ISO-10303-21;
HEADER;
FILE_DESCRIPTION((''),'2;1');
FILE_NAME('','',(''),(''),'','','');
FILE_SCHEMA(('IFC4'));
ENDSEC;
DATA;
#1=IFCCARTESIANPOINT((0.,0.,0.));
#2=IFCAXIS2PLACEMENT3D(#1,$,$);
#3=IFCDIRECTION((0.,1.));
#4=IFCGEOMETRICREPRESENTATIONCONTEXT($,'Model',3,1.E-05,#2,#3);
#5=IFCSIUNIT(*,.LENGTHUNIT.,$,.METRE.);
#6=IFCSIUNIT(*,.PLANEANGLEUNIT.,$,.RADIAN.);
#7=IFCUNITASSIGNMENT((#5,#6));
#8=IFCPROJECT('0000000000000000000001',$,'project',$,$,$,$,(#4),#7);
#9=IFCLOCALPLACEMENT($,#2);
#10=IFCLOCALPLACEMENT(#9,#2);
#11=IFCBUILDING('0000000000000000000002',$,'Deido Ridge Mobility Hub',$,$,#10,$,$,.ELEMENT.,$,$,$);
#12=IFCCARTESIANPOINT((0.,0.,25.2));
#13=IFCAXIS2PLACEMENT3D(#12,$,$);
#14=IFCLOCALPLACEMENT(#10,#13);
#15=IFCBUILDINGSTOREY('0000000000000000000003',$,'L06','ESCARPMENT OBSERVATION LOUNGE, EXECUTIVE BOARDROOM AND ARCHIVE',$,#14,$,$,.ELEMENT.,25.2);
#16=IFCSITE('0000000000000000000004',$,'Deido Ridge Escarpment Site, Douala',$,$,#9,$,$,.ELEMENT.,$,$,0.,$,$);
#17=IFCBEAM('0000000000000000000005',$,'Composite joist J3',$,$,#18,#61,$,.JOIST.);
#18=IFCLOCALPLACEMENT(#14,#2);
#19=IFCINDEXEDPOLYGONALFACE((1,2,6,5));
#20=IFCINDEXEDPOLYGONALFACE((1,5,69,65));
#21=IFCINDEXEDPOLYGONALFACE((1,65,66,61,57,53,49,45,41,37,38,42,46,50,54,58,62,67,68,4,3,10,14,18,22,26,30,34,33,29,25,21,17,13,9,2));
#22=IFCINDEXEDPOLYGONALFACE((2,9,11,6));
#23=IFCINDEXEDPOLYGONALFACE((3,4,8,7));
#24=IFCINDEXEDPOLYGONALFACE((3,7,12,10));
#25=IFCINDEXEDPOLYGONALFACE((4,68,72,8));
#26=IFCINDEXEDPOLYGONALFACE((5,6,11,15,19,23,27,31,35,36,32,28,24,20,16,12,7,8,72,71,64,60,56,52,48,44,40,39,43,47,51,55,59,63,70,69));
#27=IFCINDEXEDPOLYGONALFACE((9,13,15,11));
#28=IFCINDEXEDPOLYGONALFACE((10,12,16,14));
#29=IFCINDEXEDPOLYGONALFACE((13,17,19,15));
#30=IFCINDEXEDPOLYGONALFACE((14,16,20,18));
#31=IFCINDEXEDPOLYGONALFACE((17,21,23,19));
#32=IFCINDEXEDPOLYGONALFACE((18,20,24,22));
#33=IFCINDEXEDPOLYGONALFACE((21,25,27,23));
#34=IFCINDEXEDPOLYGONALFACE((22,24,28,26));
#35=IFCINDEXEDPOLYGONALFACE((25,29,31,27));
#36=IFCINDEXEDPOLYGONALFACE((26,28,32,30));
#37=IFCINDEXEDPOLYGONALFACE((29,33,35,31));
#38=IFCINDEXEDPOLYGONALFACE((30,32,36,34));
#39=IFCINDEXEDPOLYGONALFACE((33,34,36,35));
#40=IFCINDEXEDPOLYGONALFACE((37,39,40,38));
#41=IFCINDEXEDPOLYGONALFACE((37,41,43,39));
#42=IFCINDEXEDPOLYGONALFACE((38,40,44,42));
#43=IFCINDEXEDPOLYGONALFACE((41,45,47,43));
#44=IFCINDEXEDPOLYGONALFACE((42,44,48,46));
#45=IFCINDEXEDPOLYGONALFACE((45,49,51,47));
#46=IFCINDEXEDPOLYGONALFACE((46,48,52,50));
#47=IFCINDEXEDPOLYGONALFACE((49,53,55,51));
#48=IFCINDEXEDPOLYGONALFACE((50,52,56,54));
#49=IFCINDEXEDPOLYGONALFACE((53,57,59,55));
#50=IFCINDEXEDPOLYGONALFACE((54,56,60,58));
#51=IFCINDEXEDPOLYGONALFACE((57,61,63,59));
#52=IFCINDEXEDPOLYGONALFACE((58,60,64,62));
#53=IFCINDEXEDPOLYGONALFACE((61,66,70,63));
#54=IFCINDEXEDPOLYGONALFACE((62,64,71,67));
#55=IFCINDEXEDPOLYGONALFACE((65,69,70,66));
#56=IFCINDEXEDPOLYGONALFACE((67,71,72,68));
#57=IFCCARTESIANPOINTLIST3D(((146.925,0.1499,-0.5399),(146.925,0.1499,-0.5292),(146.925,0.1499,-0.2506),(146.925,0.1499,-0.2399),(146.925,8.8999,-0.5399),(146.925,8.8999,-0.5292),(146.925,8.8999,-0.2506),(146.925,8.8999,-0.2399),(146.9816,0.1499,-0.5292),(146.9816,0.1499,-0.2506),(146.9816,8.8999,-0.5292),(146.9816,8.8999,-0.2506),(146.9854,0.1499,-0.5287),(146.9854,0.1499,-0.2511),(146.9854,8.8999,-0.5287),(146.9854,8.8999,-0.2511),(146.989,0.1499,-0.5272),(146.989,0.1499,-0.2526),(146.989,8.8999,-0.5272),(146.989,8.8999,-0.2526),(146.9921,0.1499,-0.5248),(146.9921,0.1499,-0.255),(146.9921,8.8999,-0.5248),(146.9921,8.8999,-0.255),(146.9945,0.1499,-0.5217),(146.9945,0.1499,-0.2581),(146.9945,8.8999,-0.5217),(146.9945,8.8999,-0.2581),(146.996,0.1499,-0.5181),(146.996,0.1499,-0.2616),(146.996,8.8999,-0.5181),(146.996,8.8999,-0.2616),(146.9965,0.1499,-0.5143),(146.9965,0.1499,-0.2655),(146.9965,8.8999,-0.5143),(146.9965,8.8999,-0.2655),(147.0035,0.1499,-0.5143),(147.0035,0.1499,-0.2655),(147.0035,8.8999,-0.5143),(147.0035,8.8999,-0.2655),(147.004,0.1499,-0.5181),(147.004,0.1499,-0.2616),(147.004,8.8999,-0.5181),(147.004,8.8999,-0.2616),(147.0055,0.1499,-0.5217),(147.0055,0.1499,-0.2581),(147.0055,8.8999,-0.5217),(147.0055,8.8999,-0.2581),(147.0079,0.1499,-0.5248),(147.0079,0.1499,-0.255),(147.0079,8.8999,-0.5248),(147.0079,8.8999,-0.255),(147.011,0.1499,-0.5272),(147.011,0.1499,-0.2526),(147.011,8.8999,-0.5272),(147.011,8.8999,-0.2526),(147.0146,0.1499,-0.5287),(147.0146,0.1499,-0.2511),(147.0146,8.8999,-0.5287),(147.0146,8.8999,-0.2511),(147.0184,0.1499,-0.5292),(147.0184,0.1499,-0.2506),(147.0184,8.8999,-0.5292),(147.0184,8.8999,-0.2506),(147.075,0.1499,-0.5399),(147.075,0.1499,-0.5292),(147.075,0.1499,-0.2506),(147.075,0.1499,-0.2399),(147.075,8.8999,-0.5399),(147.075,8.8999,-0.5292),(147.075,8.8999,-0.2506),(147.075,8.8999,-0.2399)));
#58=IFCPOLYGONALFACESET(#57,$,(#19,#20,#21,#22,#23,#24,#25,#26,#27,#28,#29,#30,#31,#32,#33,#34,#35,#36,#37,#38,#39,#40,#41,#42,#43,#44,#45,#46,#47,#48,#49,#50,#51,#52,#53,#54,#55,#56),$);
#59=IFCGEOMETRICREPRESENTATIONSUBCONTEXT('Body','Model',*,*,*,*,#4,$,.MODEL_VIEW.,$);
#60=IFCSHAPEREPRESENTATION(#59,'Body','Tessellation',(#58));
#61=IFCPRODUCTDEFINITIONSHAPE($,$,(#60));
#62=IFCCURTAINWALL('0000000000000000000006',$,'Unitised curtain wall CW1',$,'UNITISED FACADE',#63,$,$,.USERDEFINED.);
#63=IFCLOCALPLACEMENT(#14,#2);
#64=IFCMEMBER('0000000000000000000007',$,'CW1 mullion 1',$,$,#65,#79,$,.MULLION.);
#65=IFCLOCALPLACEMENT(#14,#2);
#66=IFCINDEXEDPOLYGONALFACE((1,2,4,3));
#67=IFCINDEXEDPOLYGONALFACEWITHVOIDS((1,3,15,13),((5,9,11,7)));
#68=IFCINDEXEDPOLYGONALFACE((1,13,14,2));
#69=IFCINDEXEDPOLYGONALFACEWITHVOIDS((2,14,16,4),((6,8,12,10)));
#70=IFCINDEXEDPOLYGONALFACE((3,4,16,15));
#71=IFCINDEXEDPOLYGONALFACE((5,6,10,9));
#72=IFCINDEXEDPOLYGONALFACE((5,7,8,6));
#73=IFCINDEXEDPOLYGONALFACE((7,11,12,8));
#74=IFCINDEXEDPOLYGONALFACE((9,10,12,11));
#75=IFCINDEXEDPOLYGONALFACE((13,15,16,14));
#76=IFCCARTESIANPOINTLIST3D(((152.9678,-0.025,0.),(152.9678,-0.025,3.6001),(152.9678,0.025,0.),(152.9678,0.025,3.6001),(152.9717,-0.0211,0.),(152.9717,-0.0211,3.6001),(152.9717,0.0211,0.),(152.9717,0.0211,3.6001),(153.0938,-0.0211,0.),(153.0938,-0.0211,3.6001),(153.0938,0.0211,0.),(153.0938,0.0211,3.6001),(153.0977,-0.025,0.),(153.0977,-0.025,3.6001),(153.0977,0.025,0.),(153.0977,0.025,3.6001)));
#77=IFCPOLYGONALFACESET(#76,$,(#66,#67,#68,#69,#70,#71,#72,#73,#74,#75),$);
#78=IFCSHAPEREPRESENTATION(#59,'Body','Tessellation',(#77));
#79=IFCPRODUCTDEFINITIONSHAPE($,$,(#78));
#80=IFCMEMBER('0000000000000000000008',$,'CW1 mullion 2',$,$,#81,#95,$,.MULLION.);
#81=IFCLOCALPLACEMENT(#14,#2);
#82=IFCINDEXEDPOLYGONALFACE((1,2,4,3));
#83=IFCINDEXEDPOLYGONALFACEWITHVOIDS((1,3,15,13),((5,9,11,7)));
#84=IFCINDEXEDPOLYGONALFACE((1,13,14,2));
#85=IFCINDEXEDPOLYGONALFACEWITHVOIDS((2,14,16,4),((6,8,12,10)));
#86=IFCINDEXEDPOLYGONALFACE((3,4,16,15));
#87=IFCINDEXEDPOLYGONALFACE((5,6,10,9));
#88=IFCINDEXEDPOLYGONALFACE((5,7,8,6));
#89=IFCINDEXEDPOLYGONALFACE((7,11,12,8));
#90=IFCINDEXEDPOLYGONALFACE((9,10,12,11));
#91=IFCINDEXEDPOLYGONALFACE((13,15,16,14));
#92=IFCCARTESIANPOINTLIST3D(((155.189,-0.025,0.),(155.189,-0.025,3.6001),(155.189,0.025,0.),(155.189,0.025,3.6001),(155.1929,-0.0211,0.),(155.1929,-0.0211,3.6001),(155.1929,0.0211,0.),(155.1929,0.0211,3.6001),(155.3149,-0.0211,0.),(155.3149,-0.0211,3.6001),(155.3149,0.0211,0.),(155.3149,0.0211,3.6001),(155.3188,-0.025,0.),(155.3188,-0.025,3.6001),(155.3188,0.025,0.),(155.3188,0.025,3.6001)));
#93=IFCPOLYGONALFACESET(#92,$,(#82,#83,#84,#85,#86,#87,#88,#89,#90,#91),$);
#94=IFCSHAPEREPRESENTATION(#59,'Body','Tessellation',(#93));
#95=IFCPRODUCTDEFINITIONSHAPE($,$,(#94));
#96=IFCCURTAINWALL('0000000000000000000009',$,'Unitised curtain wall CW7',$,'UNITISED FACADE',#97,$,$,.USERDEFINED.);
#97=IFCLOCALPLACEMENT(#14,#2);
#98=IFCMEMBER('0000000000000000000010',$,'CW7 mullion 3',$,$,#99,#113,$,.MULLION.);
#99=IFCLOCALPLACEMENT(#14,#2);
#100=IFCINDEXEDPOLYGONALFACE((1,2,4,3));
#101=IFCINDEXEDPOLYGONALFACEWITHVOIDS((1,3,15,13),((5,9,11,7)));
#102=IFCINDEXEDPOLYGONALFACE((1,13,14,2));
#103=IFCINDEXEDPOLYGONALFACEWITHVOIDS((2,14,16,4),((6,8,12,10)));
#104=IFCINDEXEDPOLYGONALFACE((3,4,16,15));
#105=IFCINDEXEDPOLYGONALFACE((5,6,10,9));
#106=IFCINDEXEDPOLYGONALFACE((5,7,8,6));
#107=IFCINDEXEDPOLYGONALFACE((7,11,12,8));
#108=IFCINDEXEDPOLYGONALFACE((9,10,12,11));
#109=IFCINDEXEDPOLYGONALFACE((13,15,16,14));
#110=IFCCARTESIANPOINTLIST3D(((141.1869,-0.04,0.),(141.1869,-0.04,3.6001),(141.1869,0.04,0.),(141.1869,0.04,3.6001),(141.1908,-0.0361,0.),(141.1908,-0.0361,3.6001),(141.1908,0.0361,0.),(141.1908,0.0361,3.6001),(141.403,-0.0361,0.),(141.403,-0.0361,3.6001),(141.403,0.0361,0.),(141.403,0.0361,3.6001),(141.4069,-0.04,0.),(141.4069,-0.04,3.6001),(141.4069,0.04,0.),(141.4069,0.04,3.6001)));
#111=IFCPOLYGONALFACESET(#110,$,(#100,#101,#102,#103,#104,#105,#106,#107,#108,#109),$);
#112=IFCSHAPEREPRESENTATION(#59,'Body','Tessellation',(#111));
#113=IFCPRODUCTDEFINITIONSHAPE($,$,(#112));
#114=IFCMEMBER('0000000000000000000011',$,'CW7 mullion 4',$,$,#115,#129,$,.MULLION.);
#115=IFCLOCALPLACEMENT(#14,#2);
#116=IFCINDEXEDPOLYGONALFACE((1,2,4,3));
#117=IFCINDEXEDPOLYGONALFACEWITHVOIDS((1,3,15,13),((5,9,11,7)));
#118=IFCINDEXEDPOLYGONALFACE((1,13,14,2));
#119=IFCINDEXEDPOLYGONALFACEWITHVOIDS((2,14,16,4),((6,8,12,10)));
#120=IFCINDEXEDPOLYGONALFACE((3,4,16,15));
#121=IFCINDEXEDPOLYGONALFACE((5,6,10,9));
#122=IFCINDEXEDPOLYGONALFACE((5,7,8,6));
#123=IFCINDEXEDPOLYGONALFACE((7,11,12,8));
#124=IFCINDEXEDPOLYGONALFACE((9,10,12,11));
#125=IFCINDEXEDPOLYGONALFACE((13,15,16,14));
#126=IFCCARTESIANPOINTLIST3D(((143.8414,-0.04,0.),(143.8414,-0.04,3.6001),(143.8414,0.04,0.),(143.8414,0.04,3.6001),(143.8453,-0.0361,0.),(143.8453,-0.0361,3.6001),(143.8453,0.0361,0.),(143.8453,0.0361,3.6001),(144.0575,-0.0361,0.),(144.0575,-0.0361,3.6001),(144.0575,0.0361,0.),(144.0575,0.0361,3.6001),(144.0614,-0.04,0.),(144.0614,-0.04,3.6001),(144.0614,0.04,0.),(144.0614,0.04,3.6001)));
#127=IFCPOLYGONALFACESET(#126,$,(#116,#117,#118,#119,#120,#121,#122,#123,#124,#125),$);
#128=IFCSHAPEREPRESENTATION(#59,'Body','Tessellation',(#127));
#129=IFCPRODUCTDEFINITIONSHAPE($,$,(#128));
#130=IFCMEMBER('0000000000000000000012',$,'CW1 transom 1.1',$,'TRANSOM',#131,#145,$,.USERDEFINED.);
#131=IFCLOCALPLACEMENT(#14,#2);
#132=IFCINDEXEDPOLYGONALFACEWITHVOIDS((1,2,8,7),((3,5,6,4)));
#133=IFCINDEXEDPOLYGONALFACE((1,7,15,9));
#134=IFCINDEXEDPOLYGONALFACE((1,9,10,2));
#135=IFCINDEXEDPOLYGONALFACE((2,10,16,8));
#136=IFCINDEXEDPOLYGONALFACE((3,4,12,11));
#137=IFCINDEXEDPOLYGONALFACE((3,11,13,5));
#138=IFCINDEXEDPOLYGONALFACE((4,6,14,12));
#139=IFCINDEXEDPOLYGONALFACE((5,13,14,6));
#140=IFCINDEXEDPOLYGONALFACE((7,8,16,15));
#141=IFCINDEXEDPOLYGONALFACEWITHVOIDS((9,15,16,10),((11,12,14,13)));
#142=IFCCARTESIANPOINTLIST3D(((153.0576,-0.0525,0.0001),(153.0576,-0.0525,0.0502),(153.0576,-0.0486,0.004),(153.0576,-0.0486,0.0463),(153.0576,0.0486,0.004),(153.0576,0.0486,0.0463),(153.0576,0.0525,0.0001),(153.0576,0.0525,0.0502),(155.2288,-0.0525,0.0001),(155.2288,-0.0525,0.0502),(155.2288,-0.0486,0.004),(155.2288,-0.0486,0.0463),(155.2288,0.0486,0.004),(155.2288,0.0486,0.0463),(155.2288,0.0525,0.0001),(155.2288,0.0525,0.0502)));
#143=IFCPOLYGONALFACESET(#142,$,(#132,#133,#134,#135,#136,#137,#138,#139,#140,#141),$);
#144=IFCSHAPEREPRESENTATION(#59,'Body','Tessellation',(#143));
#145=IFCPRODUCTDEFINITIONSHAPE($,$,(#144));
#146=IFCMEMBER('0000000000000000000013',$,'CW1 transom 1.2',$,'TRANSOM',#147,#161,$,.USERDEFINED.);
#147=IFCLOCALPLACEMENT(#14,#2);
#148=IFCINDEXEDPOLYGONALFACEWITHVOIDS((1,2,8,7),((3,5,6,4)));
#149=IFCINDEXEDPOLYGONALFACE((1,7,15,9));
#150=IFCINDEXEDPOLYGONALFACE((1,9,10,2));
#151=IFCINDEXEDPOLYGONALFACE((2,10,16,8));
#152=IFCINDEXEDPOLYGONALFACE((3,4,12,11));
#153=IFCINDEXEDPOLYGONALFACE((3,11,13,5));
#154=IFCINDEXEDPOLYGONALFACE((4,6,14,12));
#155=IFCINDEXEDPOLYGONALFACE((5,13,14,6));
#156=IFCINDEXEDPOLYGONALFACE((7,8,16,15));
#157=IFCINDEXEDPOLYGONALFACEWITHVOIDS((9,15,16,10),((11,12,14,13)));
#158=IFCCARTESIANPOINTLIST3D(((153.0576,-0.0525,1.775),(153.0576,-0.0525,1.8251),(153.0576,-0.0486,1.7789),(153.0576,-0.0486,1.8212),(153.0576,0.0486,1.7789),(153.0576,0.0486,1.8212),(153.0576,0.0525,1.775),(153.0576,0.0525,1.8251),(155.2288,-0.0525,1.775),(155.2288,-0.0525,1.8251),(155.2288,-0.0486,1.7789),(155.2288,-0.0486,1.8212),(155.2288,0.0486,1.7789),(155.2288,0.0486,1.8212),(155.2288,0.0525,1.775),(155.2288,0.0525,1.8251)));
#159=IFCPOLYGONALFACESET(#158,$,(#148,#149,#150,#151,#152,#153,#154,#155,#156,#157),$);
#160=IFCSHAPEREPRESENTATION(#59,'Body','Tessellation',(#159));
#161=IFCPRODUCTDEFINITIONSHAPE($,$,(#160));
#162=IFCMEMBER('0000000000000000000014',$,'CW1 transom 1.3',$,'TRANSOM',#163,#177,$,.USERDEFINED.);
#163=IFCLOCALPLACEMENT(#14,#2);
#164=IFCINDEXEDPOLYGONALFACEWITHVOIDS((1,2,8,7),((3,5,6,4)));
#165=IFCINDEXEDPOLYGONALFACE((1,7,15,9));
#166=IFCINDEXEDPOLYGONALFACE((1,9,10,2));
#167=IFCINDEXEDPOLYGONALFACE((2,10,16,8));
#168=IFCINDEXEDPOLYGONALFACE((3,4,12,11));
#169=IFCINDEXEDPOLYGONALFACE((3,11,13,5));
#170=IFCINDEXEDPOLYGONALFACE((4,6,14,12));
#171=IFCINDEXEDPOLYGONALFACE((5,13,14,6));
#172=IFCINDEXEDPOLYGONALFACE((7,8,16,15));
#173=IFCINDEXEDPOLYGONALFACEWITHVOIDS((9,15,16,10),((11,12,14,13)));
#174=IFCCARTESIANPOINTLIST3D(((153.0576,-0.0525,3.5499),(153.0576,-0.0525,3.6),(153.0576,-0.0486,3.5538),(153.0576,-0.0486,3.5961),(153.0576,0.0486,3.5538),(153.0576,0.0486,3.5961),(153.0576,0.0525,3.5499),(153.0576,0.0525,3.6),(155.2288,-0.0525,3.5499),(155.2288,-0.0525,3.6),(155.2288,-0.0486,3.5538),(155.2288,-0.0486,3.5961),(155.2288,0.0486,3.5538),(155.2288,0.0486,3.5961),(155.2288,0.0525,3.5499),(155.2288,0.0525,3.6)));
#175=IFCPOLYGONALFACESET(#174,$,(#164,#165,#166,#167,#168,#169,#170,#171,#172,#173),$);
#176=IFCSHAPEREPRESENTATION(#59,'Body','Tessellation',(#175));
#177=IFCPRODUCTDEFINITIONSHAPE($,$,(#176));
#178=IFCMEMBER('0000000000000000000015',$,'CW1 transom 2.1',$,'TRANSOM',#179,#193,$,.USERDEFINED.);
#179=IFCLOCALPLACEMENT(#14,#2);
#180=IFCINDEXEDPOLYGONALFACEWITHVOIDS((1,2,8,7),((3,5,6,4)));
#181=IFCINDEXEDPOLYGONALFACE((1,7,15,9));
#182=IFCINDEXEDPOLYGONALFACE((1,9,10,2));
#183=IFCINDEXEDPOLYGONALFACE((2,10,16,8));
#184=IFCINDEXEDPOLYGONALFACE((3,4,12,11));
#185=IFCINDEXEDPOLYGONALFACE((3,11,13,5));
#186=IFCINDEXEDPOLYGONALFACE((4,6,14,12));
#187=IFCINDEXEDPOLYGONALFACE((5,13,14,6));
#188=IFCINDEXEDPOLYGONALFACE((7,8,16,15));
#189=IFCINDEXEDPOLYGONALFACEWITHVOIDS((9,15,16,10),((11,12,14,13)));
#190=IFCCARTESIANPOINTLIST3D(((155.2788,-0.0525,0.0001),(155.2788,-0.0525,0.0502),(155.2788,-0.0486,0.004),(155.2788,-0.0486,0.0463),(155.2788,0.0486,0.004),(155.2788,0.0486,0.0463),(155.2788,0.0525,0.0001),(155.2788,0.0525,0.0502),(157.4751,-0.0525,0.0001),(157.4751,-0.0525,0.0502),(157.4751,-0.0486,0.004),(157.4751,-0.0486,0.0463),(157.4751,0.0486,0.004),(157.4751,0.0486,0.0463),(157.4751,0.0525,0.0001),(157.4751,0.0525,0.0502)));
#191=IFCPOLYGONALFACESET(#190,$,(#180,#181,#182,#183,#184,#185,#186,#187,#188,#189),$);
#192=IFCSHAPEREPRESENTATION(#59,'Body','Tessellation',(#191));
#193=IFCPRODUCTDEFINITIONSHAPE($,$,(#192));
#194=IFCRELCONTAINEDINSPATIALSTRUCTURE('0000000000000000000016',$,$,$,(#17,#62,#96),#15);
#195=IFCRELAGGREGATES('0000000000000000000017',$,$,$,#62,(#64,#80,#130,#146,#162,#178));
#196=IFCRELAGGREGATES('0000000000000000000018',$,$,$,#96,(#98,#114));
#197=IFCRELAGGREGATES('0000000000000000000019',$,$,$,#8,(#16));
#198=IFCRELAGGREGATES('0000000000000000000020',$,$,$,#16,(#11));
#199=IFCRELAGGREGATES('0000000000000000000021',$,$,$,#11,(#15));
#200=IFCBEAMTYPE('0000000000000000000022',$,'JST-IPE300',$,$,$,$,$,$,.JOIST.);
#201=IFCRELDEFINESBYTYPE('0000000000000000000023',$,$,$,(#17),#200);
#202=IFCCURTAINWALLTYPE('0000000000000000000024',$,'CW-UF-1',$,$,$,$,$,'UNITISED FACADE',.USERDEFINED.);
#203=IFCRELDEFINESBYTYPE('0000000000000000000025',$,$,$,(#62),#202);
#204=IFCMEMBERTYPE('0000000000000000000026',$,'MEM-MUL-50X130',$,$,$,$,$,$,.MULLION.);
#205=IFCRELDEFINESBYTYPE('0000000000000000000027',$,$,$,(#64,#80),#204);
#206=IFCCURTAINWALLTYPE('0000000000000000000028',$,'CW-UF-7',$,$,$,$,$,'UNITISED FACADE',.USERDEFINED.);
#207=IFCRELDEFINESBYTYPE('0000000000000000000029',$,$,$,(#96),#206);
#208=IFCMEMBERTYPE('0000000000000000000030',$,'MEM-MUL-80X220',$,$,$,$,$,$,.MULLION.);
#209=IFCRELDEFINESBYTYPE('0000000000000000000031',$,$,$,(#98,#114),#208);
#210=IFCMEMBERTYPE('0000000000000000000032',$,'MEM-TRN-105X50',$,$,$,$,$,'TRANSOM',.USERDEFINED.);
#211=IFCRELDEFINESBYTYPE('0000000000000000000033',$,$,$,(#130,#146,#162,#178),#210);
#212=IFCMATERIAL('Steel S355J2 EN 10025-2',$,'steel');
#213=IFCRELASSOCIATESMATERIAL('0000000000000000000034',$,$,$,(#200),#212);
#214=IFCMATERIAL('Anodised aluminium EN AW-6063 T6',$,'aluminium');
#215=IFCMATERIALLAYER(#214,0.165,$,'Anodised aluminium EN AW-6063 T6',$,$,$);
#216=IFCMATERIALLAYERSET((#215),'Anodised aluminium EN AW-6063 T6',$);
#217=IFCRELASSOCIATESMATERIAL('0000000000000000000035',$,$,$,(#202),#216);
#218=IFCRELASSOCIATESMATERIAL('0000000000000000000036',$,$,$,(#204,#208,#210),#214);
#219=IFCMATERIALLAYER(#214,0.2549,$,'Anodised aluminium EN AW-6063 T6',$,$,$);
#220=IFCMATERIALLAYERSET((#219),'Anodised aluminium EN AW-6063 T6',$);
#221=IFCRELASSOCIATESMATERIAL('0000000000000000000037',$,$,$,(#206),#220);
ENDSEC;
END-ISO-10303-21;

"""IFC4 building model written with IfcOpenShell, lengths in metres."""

from ifc_helpers import new_model, si_unit, direction, frame, origin, origin_2d, place, context, subcontext, project, spatial, hollow_rectangle, i_section, extrude, material, layer, layer_set, material_profile, profile_set, type_object, element, aggregate, save


model = new_model("IFC4")

# Units and contexts
model_context = context("Model", 3, precision=1e-05, world=origin(), true_north=direction((0.0, 1.0)))
body_context = subcontext(model_context, "Body", "Model", "MODEL_VIEW")
ifc_project = project(units=[si_unit("LENGTHUNIT", "METRE"), si_unit("PLANEANGLEUNIT", "RADIAN")], contexts=[model_context])

# Site, building, storey
site_placement = place(None, origin())
site = spatial("IfcSite", under=ifc_project, at=site_placement, Name="Deido Ridge Escarpment Site, Douala", CompositionType="ELEMENT", RefElevation=0.0)
building_placement = place(site_placement, origin())
building = spatial("IfcBuilding", under=site, at=building_placement, Name="Deido Ridge Mobility Hub", CompositionType="ELEMENT")
storey_placement = place(building_placement, frame((0.0, 0.0, 25.2)))
storey = spatial("IfcBuildingStorey", under=building, at=storey_placement, Name="L06", Description="ESCARPMENT OBSERVATION LOUNGE, EXECUTIVE BOARDROOM AND ARCHIVE", CompositionType="ELEMENT", Elevation=25.2)

# Shared definitions
ifc_material_1 = material(Name="Steel S355J2 EN 10025-2", Category="steel")

# Beam
ifc_material_profile_1 = material_profile(ifc_material_1, i_section(OverallWidth=0.1499, OverallDepth=0.3, WebThickness=0.0071, FlangeThickness=0.0107, FilletRadius=0.0149, at=origin_2d()), Name="IPE 300")
ifc_profile_set_1 = profile_set([ifc_material_profile_1], Name="Steel S355J2 EN 10025-2")
beam_type_1 = type_object("IfcBeamType", Name="JST-IPE300", PredefinedType="JOIST", material=ifc_profile_set_1)
beam_1_placement = place(storey_placement, frame((147.0, 0.1499, -0.3899), z_axis=(0.0, 1.0, 0.0), x_axis=(-1.0, 0.0, 0.0)))
element("IfcBeam", 1, at=beam_1_placement, inside=storey, type_object=beam_type_1, Name="Composite joist J3", PredefinedType="JOIST", context=body_context, shape_type="SweptSolid", body=[
    extrude(i_section(OverallWidth=0.1499, OverallDepth=0.3, WebThickness=0.0071, FlangeThickness=0.0107, FilletRadius=0.0149, at=origin_2d()), origin(), (0.0, 0.0, 1.0), 8.75),
])

# Curtain walls, members
ifc_material_2 = material(Name="Anodised aluminium EN AW-6063 T6", Category="aluminium")
ifc_layer_1 = layer(ifc_material_2, 0.165, Name="Anodised aluminium EN AW-6063 T6")
ifc_layer_set_1 = layer_set([ifc_layer_1], Name="Anodised aluminium EN AW-6063 T6")
curtain_wall_type_1 = type_object("IfcCurtainWallType", Name="CW-UF-1", ElementType="UNITISED FACADE", PredefinedType="USERDEFINED", material=ifc_layer_set_1)
curtain_wall_1_placement = place(storey_placement, origin())
curtain_wall_1 = element("IfcCurtainWall", 2, at=curtain_wall_1_placement, inside=storey, type_object=curtain_wall_type_1, Name="Unitised curtain wall CW1", ObjectType="UNITISED FACADE", PredefinedType="USERDEFINED")
ifc_material_profile_2 = material_profile(ifc_material_2, hollow_rectangle(XDim=0.05, YDim=0.1299, WallThickness=0.0039, at=origin_2d()), Name="RHS 50x130x4")
ifc_profile_set_2 = profile_set([ifc_material_profile_2], Name="Anodised aluminium EN AW-6063 T6")
member_type_1 = type_object("IfcMemberType", Name="MEM-MUL-50X130", PredefinedType="MULLION", material=ifc_profile_set_2)
member_1_placement = place(storey_placement, frame((153.0327, 0.0, 0.0), z_axis=(0.0, 0.0, 1.0), x_axis=(0.0, 1.0, 0.0)))
member_1 = element("IfcMember", 3, at=member_1_placement, type_object=member_type_1, Name="CW1 mullion 1", PredefinedType="MULLION", context=body_context, shape_type="SweptSolid", body=[
    extrude(hollow_rectangle(XDim=0.05, YDim=0.1299, WallThickness=0.0039, at=origin_2d()), origin(), (0.0, 0.0, 1.0), 3.6001),
])
member_2_placement = place(storey_placement, frame((155.2539, 0.0, 0.0), z_axis=(0.0, 0.0, 1.0), x_axis=(0.0, 1.0, 0.0)))
member_2 = element("IfcMember", 4, at=member_2_placement, type_object=member_type_1, Name="CW1 mullion 2", PredefinedType="MULLION", context=body_context, shape_type="SweptSolid", body=[
    extrude(hollow_rectangle(XDim=0.05, YDim=0.1299, WallThickness=0.0039, at=origin_2d()), origin(), (0.0, 0.0, 1.0), 3.6001),
])
ifc_layer_2 = layer(ifc_material_2, 0.2549, Name="Anodised aluminium EN AW-6063 T6")
ifc_layer_set_2 = layer_set([ifc_layer_2], Name="Anodised aluminium EN AW-6063 T6")
curtain_wall_type_2 = type_object("IfcCurtainWallType", Name="CW-UF-7", ElementType="UNITISED FACADE", PredefinedType="USERDEFINED", material=ifc_layer_set_2)
curtain_wall_2_placement = place(storey_placement, origin())
curtain_wall_2 = element("IfcCurtainWall", 5, at=curtain_wall_2_placement, inside=storey, type_object=curtain_wall_type_2, Name="Unitised curtain wall CW7", ObjectType="UNITISED FACADE", PredefinedType="USERDEFINED")
ifc_material_profile_3 = material_profile(ifc_material_2, hollow_rectangle(XDim=0.0801, YDim=0.22, WallThickness=0.0039, at=origin_2d()), Name="RHS 80x220x4")
ifc_profile_set_3 = profile_set([ifc_material_profile_3], Name="Anodised aluminium EN AW-6063 T6")
member_type_2 = type_object("IfcMemberType", Name="MEM-MUL-80X220", PredefinedType="MULLION", material=ifc_profile_set_3)
member_3_placement = place(storey_placement, frame((141.2969, 0.0, 0.0), z_axis=(0.0, 0.0, 1.0), x_axis=(0.0, 1.0, 0.0)))
member_3 = element("IfcMember", 6, at=member_3_placement, type_object=member_type_2, Name="CW7 mullion 3", PredefinedType="MULLION", context=body_context, shape_type="SweptSolid", body=[
    extrude(hollow_rectangle(XDim=0.0801, YDim=0.22, WallThickness=0.0039, at=origin_2d()), origin(), (0.0, 0.0, 1.0), 3.6001),
])
member_4_placement = place(storey_placement, frame((143.9514, 0.0, 0.0), z_axis=(0.0, 0.0, 1.0), x_axis=(0.0, 1.0, 0.0)))
member_4 = element("IfcMember", 7, at=member_4_placement, type_object=member_type_2, Name="CW7 mullion 4", PredefinedType="MULLION", context=body_context, shape_type="SweptSolid", body=[
    extrude(hollow_rectangle(XDim=0.0801, YDim=0.22, WallThickness=0.0039, at=origin_2d()), origin(), (0.0, 0.0, 1.0), 3.6001),
])

# Members
ifc_material_profile_4 = material_profile(ifc_material_2, hollow_rectangle(XDim=0.105, YDim=0.05, WallThickness=0.0039, at=origin_2d()), Name="RHS 105x50x4")
ifc_profile_set_4 = profile_set([ifc_material_profile_4], Name="Anodised aluminium EN AW-6063 T6")
member_type_3 = type_object("IfcMemberType", Name="MEM-TRN-105X50", ElementType="TRANSOM", PredefinedType="USERDEFINED", material=ifc_profile_set_4)
member_5_placement = place(storey_placement, frame((153.0576, 0.0, 0.0251), z_axis=(1.0, 0.0, 0.0), x_axis=(0.0, 1.0, 0.0)))
member_5 = element("IfcMember", 8, at=member_5_placement, type_object=member_type_3, Name="CW1 transom 1.1", ObjectType="TRANSOM", PredefinedType="USERDEFINED", context=body_context, shape_type="SweptSolid", body=[
    extrude(hollow_rectangle(XDim=0.105, YDim=0.05, WallThickness=0.0039, at=origin_2d()), origin(), (0.0, 0.0, 1.0), 2.1711),
])
member_6_placement = place(storey_placement, frame((153.0576, 0.0, 1.8), z_axis=(1.0, 0.0, 0.0), x_axis=(0.0, 1.0, 0.0)))
member_6 = element("IfcMember", 9, at=member_6_placement, type_object=member_type_3, Name="CW1 transom 1.2", ObjectType="TRANSOM", PredefinedType="USERDEFINED", context=body_context, shape_type="SweptSolid", body=[
    extrude(hollow_rectangle(XDim=0.105, YDim=0.05, WallThickness=0.0039, at=origin_2d()), origin(), (0.0, 0.0, 1.0), 2.1711),
])
member_7_placement = place(storey_placement, frame((153.0576, 0.0, 3.575), z_axis=(1.0, 0.0, 0.0), x_axis=(0.0, 1.0, 0.0)))
member_7 = element("IfcMember", 10, at=member_7_placement, type_object=member_type_3, Name="CW1 transom 1.3", ObjectType="TRANSOM", PredefinedType="USERDEFINED", context=body_context, shape_type="SweptSolid", body=[
    extrude(hollow_rectangle(XDim=0.105, YDim=0.05, WallThickness=0.0039, at=origin_2d()), origin(), (0.0, 0.0, 1.0), 2.1711),
])
member_8_placement = place(storey_placement, frame((155.2788, 0.0, 0.0251), z_axis=(1.0, 0.0, 0.0), x_axis=(0.0, 1.0, 0.0)))
member_8 = element("IfcMember", 11, at=member_8_placement, type_object=member_type_3, Name="CW1 transom 2.1", ObjectType="TRANSOM", PredefinedType="USERDEFINED", context=body_context, shape_type="SweptSolid", body=[
    extrude(hollow_rectangle(XDim=0.105, YDim=0.05, WallThickness=0.0039, at=origin_2d()), origin(), (0.0, 0.0, 1.0), 2.1963),
])

aggregate(curtain_wall_1, [member_1, member_2, member_5, member_6, member_7, member_8])
aggregate(curtain_wall_2, [member_3, member_4])

save(model, "model.ifc")
